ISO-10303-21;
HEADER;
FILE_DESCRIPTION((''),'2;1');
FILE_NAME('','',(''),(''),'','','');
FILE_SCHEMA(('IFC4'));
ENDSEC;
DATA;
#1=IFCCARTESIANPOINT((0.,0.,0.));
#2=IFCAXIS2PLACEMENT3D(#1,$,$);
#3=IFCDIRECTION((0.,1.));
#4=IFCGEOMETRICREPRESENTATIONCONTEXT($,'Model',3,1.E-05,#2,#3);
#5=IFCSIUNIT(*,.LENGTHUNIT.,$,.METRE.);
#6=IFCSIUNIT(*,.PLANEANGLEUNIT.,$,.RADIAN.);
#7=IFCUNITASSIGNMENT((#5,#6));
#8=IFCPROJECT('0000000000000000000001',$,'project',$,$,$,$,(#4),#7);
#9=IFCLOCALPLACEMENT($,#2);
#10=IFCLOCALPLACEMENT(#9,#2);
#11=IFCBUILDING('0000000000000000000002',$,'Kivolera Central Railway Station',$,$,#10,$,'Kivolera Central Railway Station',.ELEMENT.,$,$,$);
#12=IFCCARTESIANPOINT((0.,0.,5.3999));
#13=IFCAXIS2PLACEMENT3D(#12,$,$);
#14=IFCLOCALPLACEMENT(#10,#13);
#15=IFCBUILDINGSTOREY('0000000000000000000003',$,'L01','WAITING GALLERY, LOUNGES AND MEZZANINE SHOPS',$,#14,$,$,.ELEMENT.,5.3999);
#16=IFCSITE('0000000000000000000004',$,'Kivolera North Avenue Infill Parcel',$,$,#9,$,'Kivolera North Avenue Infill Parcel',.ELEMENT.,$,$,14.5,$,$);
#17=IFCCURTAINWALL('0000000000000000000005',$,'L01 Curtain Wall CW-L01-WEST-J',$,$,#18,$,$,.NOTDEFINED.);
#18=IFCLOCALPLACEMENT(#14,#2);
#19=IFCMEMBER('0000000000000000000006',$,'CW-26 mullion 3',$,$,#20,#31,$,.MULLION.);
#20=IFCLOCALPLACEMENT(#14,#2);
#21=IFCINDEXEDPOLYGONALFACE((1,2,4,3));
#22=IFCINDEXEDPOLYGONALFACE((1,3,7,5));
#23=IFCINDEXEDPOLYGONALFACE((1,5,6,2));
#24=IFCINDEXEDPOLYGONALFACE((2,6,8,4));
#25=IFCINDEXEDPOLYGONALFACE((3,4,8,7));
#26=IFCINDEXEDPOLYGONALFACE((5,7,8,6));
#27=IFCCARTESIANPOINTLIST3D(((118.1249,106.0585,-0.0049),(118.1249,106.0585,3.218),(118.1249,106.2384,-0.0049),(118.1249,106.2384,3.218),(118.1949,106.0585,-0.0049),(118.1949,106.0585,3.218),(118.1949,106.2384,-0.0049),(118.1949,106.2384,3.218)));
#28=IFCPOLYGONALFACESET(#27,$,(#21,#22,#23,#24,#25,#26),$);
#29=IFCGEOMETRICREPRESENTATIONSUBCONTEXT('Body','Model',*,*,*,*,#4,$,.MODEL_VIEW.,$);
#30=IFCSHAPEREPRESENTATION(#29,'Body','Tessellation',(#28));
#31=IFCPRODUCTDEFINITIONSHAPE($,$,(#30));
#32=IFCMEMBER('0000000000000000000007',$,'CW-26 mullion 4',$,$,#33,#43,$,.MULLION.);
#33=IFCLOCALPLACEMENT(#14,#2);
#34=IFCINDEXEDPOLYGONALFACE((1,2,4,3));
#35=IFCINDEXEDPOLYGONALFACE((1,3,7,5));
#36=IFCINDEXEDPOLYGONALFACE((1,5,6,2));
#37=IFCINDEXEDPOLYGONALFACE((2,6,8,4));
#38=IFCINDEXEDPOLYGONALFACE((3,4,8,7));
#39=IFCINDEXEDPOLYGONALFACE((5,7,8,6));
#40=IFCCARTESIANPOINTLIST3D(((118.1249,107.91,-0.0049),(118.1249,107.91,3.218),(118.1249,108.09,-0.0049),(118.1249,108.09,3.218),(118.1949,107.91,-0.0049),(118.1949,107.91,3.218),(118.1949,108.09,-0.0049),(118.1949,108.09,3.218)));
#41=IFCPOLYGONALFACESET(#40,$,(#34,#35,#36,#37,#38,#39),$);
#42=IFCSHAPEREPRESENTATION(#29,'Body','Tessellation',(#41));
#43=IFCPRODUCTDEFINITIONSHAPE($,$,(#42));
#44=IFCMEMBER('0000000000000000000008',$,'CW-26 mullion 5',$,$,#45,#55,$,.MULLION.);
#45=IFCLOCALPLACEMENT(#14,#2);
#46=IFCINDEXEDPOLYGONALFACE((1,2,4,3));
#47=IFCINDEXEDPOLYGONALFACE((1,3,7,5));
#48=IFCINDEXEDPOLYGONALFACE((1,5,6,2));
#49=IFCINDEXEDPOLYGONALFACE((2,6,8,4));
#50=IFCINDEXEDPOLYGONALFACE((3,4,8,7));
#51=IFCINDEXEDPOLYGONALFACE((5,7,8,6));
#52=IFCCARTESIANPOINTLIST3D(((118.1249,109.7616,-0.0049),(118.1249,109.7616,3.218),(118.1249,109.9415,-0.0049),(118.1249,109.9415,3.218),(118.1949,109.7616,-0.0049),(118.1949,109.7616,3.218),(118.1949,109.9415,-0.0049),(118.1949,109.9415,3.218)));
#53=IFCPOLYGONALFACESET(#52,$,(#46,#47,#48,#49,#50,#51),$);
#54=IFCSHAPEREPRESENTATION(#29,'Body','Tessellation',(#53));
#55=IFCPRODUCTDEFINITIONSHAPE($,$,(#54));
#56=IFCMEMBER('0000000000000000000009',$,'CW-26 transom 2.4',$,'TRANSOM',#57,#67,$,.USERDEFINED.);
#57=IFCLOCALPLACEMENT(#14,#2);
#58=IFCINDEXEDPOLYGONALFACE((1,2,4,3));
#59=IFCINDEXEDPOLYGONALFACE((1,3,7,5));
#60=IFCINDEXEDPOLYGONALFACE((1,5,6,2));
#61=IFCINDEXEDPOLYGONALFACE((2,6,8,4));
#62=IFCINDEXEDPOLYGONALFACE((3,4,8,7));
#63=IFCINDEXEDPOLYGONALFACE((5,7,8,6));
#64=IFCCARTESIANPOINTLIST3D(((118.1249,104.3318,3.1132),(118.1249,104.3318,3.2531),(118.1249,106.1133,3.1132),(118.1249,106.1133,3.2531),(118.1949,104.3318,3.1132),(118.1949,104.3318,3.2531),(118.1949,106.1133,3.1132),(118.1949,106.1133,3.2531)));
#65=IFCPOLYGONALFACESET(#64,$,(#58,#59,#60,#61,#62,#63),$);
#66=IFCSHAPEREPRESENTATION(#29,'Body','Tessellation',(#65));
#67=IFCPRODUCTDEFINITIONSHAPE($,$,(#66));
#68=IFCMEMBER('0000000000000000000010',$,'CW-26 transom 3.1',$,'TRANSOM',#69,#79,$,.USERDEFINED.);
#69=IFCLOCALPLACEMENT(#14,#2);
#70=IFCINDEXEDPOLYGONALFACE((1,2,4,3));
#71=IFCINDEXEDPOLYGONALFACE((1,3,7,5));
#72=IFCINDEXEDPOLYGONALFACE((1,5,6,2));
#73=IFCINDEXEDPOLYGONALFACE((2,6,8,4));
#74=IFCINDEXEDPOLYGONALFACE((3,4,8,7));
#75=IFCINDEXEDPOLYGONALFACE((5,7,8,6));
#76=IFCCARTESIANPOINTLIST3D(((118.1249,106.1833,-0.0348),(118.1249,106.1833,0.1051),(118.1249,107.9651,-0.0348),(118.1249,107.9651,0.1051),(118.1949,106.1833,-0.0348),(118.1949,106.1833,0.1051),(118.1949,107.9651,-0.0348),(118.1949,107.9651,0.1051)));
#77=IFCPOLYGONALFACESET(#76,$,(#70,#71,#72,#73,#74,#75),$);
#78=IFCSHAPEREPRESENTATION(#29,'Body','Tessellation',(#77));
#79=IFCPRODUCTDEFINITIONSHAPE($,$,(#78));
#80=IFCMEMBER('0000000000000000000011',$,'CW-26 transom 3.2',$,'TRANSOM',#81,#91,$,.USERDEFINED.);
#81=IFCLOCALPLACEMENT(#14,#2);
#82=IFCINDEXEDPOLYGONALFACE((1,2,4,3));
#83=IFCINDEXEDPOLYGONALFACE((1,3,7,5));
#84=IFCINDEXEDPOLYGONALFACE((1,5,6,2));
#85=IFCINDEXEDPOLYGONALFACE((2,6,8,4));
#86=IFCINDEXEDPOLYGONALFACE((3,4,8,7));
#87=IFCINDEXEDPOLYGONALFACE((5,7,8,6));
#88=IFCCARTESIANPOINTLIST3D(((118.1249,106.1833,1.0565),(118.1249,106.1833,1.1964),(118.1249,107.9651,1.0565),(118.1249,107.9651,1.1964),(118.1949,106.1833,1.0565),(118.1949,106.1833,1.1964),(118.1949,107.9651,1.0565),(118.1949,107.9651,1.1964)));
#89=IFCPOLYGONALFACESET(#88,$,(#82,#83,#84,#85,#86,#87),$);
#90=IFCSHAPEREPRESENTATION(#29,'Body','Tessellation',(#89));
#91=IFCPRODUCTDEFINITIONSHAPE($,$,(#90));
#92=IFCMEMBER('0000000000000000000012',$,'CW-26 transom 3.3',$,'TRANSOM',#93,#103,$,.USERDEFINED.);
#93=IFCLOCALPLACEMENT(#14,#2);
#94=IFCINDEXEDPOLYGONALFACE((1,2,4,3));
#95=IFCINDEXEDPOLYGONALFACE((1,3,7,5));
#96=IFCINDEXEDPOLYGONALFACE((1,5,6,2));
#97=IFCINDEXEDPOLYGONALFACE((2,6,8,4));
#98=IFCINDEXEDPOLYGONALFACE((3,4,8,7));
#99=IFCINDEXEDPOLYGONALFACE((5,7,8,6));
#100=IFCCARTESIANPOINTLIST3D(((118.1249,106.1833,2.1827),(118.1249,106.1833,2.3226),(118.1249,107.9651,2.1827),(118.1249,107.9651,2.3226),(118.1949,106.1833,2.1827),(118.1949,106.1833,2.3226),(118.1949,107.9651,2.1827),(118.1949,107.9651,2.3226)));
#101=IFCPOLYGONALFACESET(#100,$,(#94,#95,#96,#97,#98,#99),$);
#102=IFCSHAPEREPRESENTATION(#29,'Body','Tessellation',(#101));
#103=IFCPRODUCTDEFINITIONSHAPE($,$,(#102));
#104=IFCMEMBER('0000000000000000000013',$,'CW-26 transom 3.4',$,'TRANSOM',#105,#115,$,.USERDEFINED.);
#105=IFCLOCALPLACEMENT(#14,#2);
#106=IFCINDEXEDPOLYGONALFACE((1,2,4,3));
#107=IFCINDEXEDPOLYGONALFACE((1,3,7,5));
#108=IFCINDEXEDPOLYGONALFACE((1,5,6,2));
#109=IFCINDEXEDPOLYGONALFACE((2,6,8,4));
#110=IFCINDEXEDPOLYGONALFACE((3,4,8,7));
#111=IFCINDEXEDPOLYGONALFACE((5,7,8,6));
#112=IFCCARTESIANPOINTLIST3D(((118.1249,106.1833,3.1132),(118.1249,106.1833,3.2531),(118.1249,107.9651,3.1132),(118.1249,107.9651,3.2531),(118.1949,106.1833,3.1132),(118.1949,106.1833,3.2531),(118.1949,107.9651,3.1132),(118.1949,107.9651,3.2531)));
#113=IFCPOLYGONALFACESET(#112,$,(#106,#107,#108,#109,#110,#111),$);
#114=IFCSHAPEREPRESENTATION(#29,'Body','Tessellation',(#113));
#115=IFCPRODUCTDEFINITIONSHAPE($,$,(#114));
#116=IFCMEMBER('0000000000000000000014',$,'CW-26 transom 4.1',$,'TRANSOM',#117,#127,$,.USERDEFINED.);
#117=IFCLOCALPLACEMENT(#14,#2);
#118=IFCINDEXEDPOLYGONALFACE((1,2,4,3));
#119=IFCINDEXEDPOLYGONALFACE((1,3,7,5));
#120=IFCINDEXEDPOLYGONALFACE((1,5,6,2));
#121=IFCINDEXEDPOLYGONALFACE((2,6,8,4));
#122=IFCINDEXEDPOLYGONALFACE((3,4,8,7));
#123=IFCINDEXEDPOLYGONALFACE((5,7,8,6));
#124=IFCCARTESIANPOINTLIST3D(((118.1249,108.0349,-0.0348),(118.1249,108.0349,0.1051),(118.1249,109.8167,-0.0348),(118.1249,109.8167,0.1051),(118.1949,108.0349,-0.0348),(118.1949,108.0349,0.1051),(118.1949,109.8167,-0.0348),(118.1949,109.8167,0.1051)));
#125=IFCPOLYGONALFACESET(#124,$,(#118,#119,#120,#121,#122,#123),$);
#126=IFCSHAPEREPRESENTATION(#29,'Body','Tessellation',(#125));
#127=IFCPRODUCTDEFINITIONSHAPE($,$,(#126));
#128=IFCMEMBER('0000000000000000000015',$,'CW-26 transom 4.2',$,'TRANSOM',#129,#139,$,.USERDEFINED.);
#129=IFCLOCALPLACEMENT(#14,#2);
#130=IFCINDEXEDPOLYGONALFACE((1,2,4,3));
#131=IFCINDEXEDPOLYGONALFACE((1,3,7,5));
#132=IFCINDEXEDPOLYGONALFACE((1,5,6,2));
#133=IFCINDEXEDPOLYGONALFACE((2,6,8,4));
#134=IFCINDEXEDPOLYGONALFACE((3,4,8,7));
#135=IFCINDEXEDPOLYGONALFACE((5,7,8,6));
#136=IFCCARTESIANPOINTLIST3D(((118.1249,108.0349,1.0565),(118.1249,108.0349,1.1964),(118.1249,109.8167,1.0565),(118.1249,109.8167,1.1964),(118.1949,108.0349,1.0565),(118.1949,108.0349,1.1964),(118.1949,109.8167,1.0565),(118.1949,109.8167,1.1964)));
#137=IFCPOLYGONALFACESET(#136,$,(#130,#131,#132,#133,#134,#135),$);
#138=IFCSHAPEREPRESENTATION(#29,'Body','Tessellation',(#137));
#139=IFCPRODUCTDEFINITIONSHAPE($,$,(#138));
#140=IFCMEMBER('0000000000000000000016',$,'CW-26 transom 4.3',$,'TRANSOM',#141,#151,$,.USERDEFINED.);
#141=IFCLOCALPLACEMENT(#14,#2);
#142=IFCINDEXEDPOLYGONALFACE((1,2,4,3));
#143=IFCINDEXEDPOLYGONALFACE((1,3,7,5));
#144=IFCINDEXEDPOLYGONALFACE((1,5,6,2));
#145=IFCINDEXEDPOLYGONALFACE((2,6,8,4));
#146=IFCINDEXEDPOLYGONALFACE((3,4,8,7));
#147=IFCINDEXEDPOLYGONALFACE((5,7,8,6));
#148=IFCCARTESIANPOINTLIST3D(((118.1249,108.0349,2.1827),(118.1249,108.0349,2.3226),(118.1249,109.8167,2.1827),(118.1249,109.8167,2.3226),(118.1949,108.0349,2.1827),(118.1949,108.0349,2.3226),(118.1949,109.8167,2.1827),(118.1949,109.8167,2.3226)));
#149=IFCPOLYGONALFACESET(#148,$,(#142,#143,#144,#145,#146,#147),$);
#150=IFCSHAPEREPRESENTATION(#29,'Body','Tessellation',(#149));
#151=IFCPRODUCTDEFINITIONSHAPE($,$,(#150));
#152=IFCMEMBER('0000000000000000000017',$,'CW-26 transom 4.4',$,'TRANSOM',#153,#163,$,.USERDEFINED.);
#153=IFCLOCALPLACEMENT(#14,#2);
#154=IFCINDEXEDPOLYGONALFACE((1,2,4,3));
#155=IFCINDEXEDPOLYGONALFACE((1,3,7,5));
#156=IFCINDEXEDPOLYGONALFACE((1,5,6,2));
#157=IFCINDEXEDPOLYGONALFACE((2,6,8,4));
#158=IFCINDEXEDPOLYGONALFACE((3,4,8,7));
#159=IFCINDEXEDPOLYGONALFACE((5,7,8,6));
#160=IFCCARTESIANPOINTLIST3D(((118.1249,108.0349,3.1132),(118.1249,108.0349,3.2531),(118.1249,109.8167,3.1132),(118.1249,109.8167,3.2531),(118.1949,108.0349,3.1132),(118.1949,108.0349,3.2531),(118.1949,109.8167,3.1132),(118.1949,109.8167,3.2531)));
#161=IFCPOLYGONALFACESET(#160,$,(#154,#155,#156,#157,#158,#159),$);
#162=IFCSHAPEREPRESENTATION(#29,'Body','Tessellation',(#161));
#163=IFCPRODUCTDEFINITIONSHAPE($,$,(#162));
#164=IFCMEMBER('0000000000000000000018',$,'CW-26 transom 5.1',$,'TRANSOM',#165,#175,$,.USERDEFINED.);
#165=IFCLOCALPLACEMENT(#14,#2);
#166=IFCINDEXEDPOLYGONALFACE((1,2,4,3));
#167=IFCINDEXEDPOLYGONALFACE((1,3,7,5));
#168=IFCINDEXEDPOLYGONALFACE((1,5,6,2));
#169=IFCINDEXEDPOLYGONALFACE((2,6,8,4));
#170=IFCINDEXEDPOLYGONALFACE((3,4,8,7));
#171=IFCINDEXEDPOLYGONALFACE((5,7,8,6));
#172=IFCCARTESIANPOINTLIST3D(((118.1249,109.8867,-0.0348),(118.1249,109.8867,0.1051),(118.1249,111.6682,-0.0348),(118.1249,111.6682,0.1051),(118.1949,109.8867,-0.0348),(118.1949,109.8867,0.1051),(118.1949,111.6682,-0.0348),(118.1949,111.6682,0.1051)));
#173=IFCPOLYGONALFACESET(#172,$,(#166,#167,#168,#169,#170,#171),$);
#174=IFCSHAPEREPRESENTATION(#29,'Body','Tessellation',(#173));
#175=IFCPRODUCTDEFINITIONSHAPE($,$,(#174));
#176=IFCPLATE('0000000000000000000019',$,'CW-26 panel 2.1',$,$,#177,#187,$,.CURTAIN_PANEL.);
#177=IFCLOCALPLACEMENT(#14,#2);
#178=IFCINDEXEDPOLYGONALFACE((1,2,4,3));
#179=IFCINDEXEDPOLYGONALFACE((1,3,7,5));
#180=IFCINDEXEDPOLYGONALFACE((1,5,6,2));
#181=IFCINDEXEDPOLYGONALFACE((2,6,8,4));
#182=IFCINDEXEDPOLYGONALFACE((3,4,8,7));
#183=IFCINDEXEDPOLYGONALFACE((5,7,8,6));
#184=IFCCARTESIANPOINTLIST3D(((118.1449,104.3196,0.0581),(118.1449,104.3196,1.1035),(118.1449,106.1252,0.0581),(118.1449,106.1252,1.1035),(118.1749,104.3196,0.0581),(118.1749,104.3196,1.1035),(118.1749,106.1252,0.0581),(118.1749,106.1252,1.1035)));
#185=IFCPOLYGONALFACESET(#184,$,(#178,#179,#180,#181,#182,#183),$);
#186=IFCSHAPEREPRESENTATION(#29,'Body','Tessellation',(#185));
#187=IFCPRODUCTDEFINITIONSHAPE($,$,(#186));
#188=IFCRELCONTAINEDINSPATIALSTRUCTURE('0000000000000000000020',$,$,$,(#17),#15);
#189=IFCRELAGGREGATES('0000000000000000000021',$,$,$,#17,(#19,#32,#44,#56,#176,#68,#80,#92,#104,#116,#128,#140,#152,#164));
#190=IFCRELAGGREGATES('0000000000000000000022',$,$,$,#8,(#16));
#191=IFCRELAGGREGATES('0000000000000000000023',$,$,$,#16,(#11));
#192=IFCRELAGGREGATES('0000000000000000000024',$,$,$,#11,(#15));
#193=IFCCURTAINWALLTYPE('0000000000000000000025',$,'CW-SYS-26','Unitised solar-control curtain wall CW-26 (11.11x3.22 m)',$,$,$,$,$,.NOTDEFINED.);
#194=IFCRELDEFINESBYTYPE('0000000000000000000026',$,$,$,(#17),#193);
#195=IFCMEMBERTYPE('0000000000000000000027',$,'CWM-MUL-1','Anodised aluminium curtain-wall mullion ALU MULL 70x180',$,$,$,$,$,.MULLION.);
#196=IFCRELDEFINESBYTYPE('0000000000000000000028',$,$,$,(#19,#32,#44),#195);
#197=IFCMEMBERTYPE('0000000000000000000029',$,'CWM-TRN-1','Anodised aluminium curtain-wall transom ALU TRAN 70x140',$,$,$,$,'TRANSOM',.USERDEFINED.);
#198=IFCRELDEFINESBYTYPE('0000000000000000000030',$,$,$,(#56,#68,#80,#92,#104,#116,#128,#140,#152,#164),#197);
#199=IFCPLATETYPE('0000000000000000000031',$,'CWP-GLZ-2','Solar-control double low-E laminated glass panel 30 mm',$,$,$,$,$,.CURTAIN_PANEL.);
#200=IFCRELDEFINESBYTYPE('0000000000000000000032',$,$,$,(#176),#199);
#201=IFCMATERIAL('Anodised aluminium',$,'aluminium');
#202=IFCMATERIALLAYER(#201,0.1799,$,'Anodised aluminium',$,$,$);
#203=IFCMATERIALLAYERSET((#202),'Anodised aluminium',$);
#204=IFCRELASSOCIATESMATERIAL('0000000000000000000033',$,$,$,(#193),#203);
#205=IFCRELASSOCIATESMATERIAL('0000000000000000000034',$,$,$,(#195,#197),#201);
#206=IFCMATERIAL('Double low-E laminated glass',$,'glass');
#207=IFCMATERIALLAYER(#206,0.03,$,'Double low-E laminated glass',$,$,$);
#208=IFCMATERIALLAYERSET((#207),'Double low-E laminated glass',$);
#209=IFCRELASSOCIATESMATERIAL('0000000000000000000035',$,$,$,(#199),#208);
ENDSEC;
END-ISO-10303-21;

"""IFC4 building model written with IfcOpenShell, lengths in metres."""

from ifc_helpers import new_model, si_unit, direction, frame, origin, origin_2d, place, context, subcontext, project, spatial, rectangle, extrude, material, layer, layer_set, material_profile, profile_set, type_object, element, aggregate, save


model = new_model("IFC4")

# Units and contexts
model_context = context("Model", 3, precision=1e-05, world=origin(), true_north=direction((0.0, 1.0)))
body_context = subcontext(model_context, "Body", "Model", "MODEL_VIEW")
ifc_project = project(units=[si_unit("LENGTHUNIT", "METRE"), si_unit("PLANEANGLEUNIT", "RADIAN")], contexts=[model_context])

# Site, building, storey
site_placement = place(None, origin())
site = spatial("IfcSite", under=ifc_project, at=site_placement, Name="Kivolera North Avenue Infill Parcel", LongName="Kivolera North Avenue Infill Parcel", CompositionType="ELEMENT", RefElevation=14.5)
building_placement = place(site_placement, origin())
building = spatial("IfcBuilding", under=site, at=building_placement, Name="Kivolera Central Railway Station", LongName="Kivolera Central Railway Station", CompositionType="ELEMENT")
storey_placement = place(building_placement, frame((0.0, 0.0, 5.3999)))
storey = spatial("IfcBuildingStorey", under=building, at=storey_placement, Name="L01", Description="WAITING GALLERY, LOUNGES AND MEZZANINE SHOPS", CompositionType="ELEMENT", Elevation=5.3999)

# Curtain wall, members, plate
ifc_material_1 = material(Name="Anodised aluminium", Category="aluminium")
ifc_layer_1 = layer(ifc_material_1, 0.1799, Name="Anodised aluminium")
ifc_layer_set_1 = layer_set([ifc_layer_1], Name="Anodised aluminium")
curtain_wall_type = type_object("IfcCurtainWallType", Name="CW-SYS-26", Description="Unitised solar-control curtain wall CW-26 (11.11x3.22 m)", PredefinedType="NOTDEFINED", material=ifc_layer_set_1)
curtain_wall_placement = place(storey_placement, origin())
curtain_wall = element("IfcCurtainWall", 1, at=curtain_wall_placement, inside=storey, type_object=curtain_wall_type, Name="L01 Curtain Wall CW-L01-WEST-J", PredefinedType="NOTDEFINED")
ifc_material_profile_1 = material_profile(ifc_material_1, rectangle(XDim=0.0701, YDim=0.1799, at=origin_2d()), Name="ALU MULL 70x180")
ifc_profile_set_1 = profile_set([ifc_material_profile_1], Name="Anodised aluminium")
member_type_1 = type_object("IfcMemberType", Name="CWM-MUL-1", Description="Anodised aluminium curtain-wall mullion ALU MULL 70x180", PredefinedType="MULLION", material=ifc_profile_set_1)
member_1_placement = place(storey_placement, frame((118.1599, 106.1484, -0.0049), z_axis=(0.0, 0.0, 1.0), x_axis=(-1.0, 0.0, 0.0)))
member_1 = element("IfcMember", 2, at=member_1_placement, type_object=member_type_1, Name="CW-26 mullion 3", PredefinedType="MULLION", context=body_context, shape_type="SweptSolid", body=[
    extrude(rectangle(XDim=0.0701, YDim=0.1799, at=origin_2d()), origin(), (0.0, 0.0, 1.0), 3.2229),
])
member_2_placement = place(storey_placement, frame((118.1599, 108.0, -0.0049), z_axis=(0.0, 0.0, 1.0), x_axis=(-1.0, 0.0, 0.0)))
member_2 = element("IfcMember", 3, at=member_2_placement, type_object=member_type_1, Name="CW-26 mullion 4", PredefinedType="MULLION", context=body_context, shape_type="SweptSolid", body=[
    extrude(rectangle(XDim=0.0701, YDim=0.1799, at=origin_2d()), origin(), (0.0, 0.0, 1.0), 3.2229),
])
member_3_placement = place(storey_placement, frame((118.1599, 109.8516, -0.0049), z_axis=(0.0, 0.0, 1.0), x_axis=(-1.0, 0.0, 0.0)))
member_3 = element("IfcMember", 4, at=member_3_placement, type_object=member_type_1, Name="CW-26 mullion 5", PredefinedType="MULLION", context=body_context, shape_type="SweptSolid", body=[
    extrude(rectangle(XDim=0.0701, YDim=0.1799, at=origin_2d()), origin(), (0.0, 0.0, 1.0), 3.2229),
])
ifc_material_profile_2 = material_profile(ifc_material_1, rectangle(XDim=0.0701, YDim=0.1399, at=origin_2d()), Name="ALU TRAN 70x140")
ifc_profile_set_2 = profile_set([ifc_material_profile_2], Name="Anodised aluminium")
member_type_2 = type_object("IfcMemberType", Name="CWM-TRN-1", Description="Anodised aluminium curtain-wall transom ALU TRAN 70x140", ElementType="TRANSOM", PredefinedType="USERDEFINED", material=ifc_profile_set_2)
member_4_placement = place(storey_placement, frame((118.1599, 104.3318, 3.1831), z_axis=(0.0, 1.0, 0.0), x_axis=(-1.0, 0.0, 0.0)))
member_4 = element("IfcMember", 5, at=member_4_placement, type_object=member_type_2, Name="CW-26 transom 2.4", ObjectType="TRANSOM", PredefinedType="USERDEFINED", context=body_context, shape_type="SweptSolid", body=[
    extrude(rectangle(XDim=0.0701, YDim=0.1399, at=origin_2d()), origin(), (0.0, 0.0, 1.0), 1.7815),
])
member_5_placement = place(storey_placement, frame((118.1599, 106.1833, 0.0352), z_axis=(0.0, 1.0, 0.0), x_axis=(-1.0, 0.0, 0.0)))
member_5 = element("IfcMember", 6, at=member_5_placement, type_object=member_type_2, Name="CW-26 transom 3.1", ObjectType="TRANSOM", PredefinedType="USERDEFINED", context=body_context, shape_type="SweptSolid", body=[
    extrude(rectangle(XDim=0.0701, YDim=0.1399, at=origin_2d()), origin(), (0.0, 0.0, 1.0), 1.7817),
])
member_6_placement = place(storey_placement, frame((118.1599, 106.1833, 1.1265), z_axis=(0.0, 1.0, 0.0), x_axis=(-1.0, 0.0, 0.0)))
member_6 = element("IfcMember", 7, at=member_6_placement, type_object=member_type_2, Name="CW-26 transom 3.2", ObjectType="TRANSOM", PredefinedType="USERDEFINED", context=body_context, shape_type="SweptSolid", body=[
    extrude(rectangle(XDim=0.0701, YDim=0.1399, at=origin_2d()), origin(), (0.0, 0.0, 1.0), 1.7817),
])
member_7_placement = place(storey_placement, frame((118.1599, 106.1833, 2.2527), z_axis=(0.0, 1.0, 0.0), x_axis=(-1.0, 0.0, 0.0)))
member_7 = element("IfcMember", 8, at=member_7_placement, type_object=member_type_2, Name="CW-26 transom 3.3", ObjectType="TRANSOM", PredefinedType="USERDEFINED", context=body_context, shape_type="SweptSolid", body=[
    extrude(rectangle(XDim=0.0701, YDim=0.1399, at=origin_2d()), origin(), (0.0, 0.0, 1.0), 1.7817),
])
member_8_placement = place(storey_placement, frame((118.1599, 106.1833, 3.1831), z_axis=(0.0, 1.0, 0.0), x_axis=(-1.0, 0.0, 0.0)))
member_8 = element("IfcMember", 9, at=member_8_placement, type_object=member_type_2, Name="CW-26 transom 3.4", ObjectType="TRANSOM", PredefinedType="USERDEFINED", context=body_context, shape_type="SweptSolid", body=[
    extrude(rectangle(XDim=0.0701, YDim=0.1399, at=origin_2d()), origin(), (0.0, 0.0, 1.0), 1.7817),
])
member_9_placement = place(storey_placement, frame((118.1599, 108.0349, 0.0352), z_axis=(0.0, 1.0, 0.0), x_axis=(-1.0, 0.0, 0.0)))
member_9 = element("IfcMember", 10, at=member_9_placement, type_object=member_type_2, Name="CW-26 transom 4.1", ObjectType="TRANSOM", PredefinedType="USERDEFINED", context=body_context, shape_type="SweptSolid", body=[
    extrude(rectangle(XDim=0.0701, YDim=0.1399, at=origin_2d()), origin(), (0.0, 0.0, 1.0), 1.7817),
])
member_10_placement = place(storey_placement, frame((118.1599, 108.0349, 1.1265), z_axis=(0.0, 1.0, 0.0), x_axis=(-1.0, 0.0, 0.0)))
member_10 = element("IfcMember", 11, at=member_10_placement, type_object=member_type_2, Name="CW-26 transom 4.2", ObjectType="TRANSOM", PredefinedType="USERDEFINED", context=body_context, shape_type="SweptSolid", body=[
    extrude(rectangle(XDim=0.0701, YDim=0.1399, at=origin_2d()), origin(), (0.0, 0.0, 1.0), 1.7817),
])
member_11_placement = place(storey_placement, frame((118.1599, 108.0349, 2.2527), z_axis=(0.0, 1.0, 0.0), x_axis=(-1.0, 0.0, 0.0)))
member_11 = element("IfcMember", 12, at=member_11_placement, type_object=member_type_2, Name="CW-26 transom 4.3", ObjectType="TRANSOM", PredefinedType="USERDEFINED", context=body_context, shape_type="SweptSolid", body=[
    extrude(rectangle(XDim=0.0701, YDim=0.1399, at=origin_2d()), origin(), (0.0, 0.0, 1.0), 1.7817),
])
member_12_placement = place(storey_placement, frame((118.1599, 108.0349, 3.1831), z_axis=(0.0, 1.0, 0.0), x_axis=(-1.0, 0.0, 0.0)))
member_12 = element("IfcMember", 13, at=member_12_placement, type_object=member_type_2, Name="CW-26 transom 4.4", ObjectType="TRANSOM", PredefinedType="USERDEFINED", context=body_context, shape_type="SweptSolid", body=[
    extrude(rectangle(XDim=0.0701, YDim=0.1399, at=origin_2d()), origin(), (0.0, 0.0, 1.0), 1.7817),
])
member_13_placement = place(storey_placement, frame((118.1599, 109.8867, 0.0352), z_axis=(0.0, 1.0, 0.0), x_axis=(-1.0, 0.0, 0.0)))
member_13 = element("IfcMember", 14, at=member_13_placement, type_object=member_type_2, Name="CW-26 transom 5.1", ObjectType="TRANSOM", PredefinedType="USERDEFINED", context=body_context, shape_type="SweptSolid", body=[
    extrude(rectangle(XDim=0.0701, YDim=0.1399, at=origin_2d()), origin(), (0.0, 0.0, 1.0), 1.7815),
])
ifc_material_2 = material(Name="Double low-E laminated glass", Category="glass")
ifc_layer_2 = layer(ifc_material_2, 0.03, Name="Double low-E laminated glass")
ifc_layer_set_2 = layer_set([ifc_layer_2], Name="Double low-E laminated glass")
plate_type = type_object("IfcPlateType", Name="CWP-GLZ-2", Description="Solar-control double low-E laminated glass panel 30 mm", PredefinedType="CURTAIN_PANEL", material=ifc_layer_set_2)
plate_1_placement = place(storey_placement, frame((118.1599, 105.2224, 0.0581), z_axis=(0.0, 0.0, 1.0), x_axis=(0.0, 1.0, 0.0)))
plate_1 = element("IfcPlate", 15, at=plate_1_placement, type_object=plate_type, Name="CW-26 panel 2.1", PredefinedType="CURTAIN_PANEL", context=body_context, shape_type="SweptSolid", body=[
    extrude(rectangle(XDim=1.8057, YDim=0.03, at=origin_2d()), origin(), (0.0, 0.0, 1.0), 1.0454),
])
aggregate(curtain_wall, [member_1, member_2, member_3, member_4, plate_1, member_5, member_6, member_7, member_8, member_9, member_10, member_11, member_12, member_13])

save(model, "model.ifc")
